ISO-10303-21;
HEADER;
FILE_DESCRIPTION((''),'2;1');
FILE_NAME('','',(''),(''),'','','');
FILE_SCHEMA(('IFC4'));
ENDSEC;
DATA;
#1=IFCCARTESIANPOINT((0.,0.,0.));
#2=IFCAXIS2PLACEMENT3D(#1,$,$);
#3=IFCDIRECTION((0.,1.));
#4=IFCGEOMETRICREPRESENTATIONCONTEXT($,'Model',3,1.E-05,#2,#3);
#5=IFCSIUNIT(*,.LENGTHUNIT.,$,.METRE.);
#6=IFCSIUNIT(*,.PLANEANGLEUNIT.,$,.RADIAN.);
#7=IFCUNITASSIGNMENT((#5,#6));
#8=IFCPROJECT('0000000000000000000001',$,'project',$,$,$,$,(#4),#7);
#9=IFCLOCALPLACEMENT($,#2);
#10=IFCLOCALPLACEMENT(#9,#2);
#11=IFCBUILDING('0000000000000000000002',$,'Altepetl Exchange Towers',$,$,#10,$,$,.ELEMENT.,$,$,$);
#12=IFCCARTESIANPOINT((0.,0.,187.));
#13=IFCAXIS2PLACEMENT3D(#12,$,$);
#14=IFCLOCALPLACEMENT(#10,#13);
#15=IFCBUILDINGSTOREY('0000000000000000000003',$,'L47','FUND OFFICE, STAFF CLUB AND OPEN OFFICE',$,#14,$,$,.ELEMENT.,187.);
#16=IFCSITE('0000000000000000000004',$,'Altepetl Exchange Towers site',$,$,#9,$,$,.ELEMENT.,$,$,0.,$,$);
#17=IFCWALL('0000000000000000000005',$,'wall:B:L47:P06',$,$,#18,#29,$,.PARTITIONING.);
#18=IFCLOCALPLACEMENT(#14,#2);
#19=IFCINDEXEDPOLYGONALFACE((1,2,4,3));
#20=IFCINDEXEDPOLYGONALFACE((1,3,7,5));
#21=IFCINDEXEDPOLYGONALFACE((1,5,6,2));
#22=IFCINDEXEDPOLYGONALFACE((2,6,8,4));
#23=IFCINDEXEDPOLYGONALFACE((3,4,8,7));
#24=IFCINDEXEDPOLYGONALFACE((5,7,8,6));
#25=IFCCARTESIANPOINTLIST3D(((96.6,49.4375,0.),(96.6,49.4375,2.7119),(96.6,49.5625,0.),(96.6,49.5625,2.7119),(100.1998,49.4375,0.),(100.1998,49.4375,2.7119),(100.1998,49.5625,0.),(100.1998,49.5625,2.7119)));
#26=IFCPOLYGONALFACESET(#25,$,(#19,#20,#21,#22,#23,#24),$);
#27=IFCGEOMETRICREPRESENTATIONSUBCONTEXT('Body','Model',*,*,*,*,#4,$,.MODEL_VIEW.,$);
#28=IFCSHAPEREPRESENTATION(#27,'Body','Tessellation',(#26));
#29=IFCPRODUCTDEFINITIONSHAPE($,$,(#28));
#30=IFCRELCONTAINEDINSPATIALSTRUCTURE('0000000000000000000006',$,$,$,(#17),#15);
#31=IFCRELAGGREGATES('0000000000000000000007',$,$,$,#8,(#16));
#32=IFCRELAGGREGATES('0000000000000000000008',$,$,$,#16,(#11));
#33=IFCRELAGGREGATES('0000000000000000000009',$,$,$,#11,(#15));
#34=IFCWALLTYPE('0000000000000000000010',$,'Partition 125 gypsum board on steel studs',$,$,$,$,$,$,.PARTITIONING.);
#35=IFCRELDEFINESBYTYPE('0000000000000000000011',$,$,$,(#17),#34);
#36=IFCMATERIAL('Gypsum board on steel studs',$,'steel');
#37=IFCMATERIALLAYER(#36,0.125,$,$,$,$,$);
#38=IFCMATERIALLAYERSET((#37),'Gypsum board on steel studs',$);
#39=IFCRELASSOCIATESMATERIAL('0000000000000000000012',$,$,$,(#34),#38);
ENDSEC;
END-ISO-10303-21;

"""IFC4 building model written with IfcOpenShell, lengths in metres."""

from ifc_helpers import new_model, si_unit, direction, frame, frame_2d, origin, place, context, subcontext, project, spatial, rectangle, extrude, material, layer, layer_set, type_object, element, save


model = new_model("IFC4")

# Units and contexts
model_context = context("Model", 3, precision=1e-05, world=origin(), true_north=direction((0.0, 1.0)))
body_context = subcontext(model_context, "Body", "Model", "MODEL_VIEW")
ifc_project = project(units=[si_unit("LENGTHUNIT", "METRE"), si_unit("PLANEANGLEUNIT", "RADIAN")], contexts=[model_context])

# Site, building, storey
site_placement = place(None, origin())
site = spatial("IfcSite", under=ifc_project, at=site_placement, Name="Altepetl Exchange Towers site", CompositionType="ELEMENT", RefElevation=0.0)
building_placement = place(site_placement, origin())
building = spatial("IfcBuilding", under=site, at=building_placement, Name="Altepetl Exchange Towers", CompositionType="ELEMENT")
storey_placement = place(building_placement, frame((0.0, 0.0, 187.0)))
storey = spatial("IfcBuildingStorey", under=building, at=storey_placement, Name="L47", Description="FUND OFFICE, STAFF CLUB AND OPEN OFFICE", CompositionType="ELEMENT", Elevation=187.0)

# Wall
ifc_material_1 = material(Name="Gypsum board on steel studs", Category="steel")
ifc_layer_1 = layer(ifc_material_1, 0.125)
ifc_layer_set_1 = layer_set([ifc_layer_1], Name="Gypsum board on steel studs")
wall_type = type_object("IfcWallType", Name="Partition 125 gypsum board on steel studs", PredefinedType="PARTITIONING", material=ifc_layer_set_1)
wall_placement = place(storey_placement, frame((96.6001, 49.5, 0.0)))
element("IfcWall", 1, at=wall_placement, inside=storey, type_object=wall_type, Name="wall:B:L47:P06", PredefinedType="PARTITIONING", context=body_context, shape_type="SweptSolid", body=[
    extrude(rectangle(XDim=3.5999, YDim=0.125, at=frame_2d((1.7998, 0.0))), origin(), (0.0, 0.0, 1.0), 2.7119),
])

save(model, "model.ifc")
